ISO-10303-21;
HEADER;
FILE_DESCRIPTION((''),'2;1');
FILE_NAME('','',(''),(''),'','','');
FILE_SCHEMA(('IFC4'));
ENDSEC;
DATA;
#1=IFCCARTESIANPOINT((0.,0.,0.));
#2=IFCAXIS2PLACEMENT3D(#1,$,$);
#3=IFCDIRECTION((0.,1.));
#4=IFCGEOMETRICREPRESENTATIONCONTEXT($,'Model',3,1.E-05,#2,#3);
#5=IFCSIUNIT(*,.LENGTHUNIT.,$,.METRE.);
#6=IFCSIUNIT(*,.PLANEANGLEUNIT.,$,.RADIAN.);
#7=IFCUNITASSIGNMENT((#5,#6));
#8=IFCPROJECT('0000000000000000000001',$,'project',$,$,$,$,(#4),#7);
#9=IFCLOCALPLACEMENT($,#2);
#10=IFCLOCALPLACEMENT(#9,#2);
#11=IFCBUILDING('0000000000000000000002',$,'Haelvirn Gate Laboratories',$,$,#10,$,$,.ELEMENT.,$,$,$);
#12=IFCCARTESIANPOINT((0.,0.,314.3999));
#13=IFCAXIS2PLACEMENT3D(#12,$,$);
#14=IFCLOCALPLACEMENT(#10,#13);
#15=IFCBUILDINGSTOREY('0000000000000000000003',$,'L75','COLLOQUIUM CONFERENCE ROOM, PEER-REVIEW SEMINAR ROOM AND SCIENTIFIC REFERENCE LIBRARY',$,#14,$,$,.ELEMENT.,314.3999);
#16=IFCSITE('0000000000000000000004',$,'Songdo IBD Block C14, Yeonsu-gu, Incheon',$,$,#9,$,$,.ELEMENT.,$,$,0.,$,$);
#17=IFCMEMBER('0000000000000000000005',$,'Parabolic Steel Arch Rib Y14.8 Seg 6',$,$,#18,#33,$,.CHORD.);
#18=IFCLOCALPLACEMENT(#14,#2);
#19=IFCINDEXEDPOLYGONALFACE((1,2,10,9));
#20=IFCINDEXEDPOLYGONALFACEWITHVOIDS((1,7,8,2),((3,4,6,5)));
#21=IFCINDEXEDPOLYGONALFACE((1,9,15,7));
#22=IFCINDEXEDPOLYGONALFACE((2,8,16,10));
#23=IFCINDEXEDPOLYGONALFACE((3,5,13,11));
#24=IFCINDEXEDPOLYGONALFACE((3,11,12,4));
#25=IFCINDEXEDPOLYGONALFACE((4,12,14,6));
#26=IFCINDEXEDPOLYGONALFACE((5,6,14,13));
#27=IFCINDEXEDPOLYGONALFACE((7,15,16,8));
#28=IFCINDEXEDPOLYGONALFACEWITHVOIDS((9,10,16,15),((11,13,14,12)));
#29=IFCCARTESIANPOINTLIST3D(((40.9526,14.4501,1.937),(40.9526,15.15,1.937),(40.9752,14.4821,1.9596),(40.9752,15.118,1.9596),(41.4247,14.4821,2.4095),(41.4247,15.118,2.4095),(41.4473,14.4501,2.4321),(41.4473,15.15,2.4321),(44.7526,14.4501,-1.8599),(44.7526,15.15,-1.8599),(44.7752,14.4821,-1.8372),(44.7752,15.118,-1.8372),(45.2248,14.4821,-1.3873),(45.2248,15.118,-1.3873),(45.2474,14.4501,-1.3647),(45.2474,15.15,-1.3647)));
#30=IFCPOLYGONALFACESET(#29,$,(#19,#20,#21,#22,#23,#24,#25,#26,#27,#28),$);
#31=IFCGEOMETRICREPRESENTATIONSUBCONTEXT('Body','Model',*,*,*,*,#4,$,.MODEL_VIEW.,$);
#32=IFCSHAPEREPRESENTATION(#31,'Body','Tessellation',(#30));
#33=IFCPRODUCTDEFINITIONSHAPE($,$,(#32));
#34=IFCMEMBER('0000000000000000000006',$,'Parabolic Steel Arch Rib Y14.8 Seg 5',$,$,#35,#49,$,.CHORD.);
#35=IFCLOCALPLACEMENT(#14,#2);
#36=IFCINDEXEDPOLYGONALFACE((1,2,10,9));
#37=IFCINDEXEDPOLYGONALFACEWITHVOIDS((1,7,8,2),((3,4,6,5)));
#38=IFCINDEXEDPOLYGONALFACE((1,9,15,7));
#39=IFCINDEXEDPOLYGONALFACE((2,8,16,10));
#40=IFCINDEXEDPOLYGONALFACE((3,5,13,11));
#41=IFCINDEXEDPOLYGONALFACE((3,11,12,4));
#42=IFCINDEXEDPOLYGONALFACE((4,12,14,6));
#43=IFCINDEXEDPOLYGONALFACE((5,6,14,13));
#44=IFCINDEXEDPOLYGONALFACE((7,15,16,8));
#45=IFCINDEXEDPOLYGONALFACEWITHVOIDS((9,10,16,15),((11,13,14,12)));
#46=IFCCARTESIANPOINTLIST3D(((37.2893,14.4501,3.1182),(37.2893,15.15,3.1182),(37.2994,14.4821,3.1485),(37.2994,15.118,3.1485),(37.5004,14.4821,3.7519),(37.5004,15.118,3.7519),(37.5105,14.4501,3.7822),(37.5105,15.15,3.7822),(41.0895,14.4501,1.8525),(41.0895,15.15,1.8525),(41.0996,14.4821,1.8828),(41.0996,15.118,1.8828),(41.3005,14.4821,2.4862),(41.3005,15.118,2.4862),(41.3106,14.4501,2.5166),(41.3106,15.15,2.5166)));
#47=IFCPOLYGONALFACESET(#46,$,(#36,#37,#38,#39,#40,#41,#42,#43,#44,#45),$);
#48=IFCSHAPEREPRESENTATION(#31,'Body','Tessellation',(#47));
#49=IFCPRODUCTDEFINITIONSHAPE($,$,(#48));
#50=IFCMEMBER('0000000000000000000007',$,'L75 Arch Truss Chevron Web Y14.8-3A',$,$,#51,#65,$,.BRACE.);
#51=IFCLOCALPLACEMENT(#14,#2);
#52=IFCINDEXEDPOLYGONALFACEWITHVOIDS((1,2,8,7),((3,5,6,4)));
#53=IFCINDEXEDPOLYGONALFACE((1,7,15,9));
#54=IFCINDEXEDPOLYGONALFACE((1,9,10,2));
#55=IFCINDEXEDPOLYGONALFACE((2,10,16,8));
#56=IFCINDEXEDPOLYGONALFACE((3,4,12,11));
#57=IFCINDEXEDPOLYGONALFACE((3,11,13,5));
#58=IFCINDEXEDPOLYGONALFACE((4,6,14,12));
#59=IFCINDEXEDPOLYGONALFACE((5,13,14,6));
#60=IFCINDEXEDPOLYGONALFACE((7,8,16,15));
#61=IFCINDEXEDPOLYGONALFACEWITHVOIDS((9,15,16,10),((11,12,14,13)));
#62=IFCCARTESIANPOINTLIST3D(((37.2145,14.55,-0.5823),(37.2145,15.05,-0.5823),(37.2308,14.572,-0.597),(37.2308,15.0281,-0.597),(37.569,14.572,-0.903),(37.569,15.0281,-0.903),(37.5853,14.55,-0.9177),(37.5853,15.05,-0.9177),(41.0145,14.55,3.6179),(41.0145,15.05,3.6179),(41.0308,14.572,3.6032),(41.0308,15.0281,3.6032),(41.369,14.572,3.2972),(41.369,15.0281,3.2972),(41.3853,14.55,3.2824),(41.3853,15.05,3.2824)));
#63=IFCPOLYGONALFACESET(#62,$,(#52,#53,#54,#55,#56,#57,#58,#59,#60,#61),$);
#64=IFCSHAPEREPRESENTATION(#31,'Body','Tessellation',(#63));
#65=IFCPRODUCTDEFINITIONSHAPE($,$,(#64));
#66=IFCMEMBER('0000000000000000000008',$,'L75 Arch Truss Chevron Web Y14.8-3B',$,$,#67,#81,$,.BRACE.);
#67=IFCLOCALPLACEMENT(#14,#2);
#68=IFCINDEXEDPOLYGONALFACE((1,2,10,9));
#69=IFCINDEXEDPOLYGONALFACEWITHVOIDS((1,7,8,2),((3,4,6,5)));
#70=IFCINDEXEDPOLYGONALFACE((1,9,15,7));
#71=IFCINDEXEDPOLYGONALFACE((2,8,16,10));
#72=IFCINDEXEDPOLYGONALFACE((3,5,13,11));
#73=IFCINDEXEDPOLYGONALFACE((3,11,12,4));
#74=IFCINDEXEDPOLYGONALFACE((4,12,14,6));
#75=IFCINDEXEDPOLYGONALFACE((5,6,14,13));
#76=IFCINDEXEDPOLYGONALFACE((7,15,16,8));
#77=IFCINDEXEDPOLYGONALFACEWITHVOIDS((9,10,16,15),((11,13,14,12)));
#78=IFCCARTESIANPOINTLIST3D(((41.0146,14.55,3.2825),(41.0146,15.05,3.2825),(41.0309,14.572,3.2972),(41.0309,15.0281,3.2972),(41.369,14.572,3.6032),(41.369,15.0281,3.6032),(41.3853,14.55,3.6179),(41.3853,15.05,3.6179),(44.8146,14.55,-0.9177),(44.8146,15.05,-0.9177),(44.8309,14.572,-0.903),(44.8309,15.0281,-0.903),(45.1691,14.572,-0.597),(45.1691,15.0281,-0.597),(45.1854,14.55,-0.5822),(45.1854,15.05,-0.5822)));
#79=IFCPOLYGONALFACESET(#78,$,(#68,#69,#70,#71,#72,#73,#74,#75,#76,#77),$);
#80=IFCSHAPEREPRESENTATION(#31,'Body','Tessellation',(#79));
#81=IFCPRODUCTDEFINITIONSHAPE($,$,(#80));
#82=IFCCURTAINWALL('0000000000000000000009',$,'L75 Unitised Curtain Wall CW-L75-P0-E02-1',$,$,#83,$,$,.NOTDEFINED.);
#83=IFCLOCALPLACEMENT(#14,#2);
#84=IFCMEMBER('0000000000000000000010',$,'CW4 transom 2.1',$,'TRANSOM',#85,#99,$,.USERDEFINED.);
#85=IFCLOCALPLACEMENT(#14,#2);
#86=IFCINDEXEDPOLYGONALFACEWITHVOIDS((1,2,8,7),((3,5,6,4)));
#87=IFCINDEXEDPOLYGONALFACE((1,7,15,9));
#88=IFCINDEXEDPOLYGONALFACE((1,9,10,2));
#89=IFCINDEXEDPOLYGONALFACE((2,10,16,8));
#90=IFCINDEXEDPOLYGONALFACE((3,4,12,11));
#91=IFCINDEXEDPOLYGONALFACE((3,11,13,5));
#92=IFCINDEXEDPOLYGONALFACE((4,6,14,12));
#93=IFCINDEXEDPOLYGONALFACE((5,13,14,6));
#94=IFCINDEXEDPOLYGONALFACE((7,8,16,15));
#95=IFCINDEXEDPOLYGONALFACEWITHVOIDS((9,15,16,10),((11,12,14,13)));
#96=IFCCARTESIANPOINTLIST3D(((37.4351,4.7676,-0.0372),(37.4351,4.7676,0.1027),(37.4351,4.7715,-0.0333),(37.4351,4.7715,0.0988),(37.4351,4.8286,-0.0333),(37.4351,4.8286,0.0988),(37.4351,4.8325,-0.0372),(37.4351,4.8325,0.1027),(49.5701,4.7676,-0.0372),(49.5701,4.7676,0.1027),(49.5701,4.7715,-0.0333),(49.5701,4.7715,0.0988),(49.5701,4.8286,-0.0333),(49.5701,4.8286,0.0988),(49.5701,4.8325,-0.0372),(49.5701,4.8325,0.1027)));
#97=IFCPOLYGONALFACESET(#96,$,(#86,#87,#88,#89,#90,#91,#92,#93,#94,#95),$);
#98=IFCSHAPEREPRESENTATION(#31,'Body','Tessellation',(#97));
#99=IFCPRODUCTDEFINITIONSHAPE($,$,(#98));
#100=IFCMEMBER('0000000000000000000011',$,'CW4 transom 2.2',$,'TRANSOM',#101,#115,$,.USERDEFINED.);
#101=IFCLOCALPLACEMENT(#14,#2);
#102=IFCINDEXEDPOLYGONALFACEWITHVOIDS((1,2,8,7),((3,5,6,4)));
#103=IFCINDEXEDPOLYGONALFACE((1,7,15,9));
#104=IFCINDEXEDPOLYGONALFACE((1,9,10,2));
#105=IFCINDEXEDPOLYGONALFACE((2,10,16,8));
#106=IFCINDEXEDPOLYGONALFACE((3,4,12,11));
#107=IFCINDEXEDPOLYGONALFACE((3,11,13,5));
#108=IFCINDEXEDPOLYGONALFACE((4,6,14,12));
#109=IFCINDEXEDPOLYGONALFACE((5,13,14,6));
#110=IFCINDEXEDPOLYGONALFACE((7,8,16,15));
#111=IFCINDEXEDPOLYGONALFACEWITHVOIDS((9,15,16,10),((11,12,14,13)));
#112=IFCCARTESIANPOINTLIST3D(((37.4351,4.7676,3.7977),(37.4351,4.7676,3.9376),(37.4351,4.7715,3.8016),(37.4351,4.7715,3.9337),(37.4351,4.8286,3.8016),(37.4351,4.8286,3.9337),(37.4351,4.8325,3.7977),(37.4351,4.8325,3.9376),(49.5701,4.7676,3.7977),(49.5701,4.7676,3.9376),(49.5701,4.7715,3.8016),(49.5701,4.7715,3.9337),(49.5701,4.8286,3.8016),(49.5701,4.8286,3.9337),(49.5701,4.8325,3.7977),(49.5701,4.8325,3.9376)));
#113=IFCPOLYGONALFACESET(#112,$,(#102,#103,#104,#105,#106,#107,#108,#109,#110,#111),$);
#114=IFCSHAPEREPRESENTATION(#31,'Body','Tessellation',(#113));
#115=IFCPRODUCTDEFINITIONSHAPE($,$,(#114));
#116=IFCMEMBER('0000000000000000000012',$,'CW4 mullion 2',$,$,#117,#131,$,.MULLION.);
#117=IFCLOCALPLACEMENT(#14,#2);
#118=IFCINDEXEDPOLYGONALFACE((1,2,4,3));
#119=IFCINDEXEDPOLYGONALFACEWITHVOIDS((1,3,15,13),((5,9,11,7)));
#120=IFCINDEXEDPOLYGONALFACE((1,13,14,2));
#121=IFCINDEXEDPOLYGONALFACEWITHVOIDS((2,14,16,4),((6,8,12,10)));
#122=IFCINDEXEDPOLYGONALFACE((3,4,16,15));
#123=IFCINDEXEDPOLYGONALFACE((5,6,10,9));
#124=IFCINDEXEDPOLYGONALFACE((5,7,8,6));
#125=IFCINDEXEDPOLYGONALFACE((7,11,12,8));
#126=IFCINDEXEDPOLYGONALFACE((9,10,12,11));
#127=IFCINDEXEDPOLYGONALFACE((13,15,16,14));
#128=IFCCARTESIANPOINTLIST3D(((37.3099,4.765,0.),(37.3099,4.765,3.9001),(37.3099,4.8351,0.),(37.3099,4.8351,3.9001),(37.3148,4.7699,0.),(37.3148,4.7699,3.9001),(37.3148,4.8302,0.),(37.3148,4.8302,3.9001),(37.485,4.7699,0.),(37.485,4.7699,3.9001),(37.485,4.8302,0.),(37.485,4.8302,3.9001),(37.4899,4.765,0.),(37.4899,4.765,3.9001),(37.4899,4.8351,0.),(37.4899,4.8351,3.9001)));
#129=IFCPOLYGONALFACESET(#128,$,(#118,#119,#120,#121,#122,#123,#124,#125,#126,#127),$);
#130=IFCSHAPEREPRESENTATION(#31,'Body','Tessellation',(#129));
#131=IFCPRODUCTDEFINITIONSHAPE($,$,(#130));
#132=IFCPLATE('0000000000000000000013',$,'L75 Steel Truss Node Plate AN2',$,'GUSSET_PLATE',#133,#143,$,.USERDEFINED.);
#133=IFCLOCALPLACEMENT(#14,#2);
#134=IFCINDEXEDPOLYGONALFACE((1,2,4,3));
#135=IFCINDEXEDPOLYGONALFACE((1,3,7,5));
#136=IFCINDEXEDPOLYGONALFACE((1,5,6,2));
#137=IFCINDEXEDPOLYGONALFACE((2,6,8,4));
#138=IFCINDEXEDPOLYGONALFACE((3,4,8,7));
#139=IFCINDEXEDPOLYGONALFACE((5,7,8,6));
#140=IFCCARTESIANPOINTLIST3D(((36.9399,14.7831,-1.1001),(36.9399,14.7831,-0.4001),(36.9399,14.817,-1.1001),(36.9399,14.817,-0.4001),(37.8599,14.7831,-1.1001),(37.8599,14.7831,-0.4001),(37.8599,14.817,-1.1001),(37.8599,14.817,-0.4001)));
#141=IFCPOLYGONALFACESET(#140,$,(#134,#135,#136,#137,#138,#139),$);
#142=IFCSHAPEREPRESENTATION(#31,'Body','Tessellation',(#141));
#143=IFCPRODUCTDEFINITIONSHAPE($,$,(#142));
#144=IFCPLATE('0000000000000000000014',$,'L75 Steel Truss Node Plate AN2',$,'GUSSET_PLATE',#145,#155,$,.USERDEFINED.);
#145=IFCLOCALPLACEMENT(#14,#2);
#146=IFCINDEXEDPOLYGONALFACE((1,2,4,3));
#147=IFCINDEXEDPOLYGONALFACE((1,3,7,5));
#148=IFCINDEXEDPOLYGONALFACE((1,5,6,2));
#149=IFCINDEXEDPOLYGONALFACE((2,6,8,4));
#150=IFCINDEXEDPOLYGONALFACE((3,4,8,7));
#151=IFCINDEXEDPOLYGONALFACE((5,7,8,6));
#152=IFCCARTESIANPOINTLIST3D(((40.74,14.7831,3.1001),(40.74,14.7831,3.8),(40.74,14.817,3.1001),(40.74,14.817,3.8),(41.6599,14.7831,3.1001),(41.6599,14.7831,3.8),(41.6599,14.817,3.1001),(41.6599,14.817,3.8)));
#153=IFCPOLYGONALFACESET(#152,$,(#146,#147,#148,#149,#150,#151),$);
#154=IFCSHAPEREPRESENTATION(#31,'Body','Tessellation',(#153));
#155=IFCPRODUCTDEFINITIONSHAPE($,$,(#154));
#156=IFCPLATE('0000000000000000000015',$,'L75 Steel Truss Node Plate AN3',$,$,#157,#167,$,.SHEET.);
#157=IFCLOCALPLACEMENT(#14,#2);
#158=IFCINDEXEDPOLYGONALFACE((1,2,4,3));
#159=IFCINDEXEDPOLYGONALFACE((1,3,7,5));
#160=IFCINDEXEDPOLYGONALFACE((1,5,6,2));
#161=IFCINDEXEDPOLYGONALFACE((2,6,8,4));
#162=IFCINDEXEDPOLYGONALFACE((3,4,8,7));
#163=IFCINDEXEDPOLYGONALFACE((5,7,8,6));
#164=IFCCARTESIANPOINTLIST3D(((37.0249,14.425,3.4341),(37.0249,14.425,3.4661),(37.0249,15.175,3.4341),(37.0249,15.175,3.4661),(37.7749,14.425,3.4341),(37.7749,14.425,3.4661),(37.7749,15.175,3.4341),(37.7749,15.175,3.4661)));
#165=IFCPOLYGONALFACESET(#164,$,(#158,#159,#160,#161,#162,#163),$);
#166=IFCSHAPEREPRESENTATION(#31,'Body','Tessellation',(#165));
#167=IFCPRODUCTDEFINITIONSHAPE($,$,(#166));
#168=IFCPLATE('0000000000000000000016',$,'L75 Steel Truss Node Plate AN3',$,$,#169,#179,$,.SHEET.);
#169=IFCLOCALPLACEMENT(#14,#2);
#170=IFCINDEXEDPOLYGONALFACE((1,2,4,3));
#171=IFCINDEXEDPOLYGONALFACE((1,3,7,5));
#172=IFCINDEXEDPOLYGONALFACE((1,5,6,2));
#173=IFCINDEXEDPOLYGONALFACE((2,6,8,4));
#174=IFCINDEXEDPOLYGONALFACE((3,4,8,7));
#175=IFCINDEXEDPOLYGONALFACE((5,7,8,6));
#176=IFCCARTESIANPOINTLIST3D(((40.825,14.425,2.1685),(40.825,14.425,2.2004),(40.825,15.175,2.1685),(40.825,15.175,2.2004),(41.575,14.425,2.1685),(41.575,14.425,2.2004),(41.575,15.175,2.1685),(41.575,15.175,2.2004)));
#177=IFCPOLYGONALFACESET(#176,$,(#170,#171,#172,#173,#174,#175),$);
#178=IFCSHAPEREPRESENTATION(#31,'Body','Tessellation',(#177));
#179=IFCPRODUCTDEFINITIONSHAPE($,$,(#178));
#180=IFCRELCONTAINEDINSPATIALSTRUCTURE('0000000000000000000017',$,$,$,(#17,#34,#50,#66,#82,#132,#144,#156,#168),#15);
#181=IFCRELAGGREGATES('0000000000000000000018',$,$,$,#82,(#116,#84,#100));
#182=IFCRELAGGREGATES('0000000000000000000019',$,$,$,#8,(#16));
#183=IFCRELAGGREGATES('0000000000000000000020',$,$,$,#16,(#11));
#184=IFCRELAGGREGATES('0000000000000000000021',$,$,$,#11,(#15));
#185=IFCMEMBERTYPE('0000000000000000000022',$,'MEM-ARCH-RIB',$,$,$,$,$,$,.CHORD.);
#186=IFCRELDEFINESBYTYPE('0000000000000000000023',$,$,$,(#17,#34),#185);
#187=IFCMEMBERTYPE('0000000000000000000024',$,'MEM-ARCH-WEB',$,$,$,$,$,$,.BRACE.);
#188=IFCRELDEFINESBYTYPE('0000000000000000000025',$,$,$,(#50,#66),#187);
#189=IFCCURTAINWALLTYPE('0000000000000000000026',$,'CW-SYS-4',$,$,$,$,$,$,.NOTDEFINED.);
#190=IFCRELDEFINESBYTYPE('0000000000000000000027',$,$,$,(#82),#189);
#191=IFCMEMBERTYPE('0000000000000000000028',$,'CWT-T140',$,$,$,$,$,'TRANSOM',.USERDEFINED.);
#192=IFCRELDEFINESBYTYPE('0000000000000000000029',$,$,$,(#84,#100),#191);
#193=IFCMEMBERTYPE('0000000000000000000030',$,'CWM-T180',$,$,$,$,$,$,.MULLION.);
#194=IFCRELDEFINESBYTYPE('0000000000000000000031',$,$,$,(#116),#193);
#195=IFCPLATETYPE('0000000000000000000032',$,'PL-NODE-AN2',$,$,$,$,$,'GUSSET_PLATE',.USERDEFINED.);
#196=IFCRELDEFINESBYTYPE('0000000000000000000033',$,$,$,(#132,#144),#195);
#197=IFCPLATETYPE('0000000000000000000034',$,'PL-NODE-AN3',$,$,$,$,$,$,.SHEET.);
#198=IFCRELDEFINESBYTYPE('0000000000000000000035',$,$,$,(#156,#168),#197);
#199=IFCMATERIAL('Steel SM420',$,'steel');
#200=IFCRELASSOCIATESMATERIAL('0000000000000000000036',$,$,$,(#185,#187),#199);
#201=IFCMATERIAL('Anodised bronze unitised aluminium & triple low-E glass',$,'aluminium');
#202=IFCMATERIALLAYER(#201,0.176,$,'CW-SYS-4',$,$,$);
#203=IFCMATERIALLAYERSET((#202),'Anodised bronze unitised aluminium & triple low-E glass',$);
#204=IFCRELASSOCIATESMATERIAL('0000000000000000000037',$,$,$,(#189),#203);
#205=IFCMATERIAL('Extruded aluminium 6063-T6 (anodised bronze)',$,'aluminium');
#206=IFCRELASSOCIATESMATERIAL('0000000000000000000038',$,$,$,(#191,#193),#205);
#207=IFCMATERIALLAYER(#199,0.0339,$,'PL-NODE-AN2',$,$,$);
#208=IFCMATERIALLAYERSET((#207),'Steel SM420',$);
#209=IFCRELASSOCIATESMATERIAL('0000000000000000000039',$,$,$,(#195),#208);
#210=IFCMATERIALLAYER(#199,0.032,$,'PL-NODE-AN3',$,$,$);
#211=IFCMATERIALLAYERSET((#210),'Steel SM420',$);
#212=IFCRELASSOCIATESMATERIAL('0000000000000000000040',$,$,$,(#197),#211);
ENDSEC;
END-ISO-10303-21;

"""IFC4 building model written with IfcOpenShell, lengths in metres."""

from ifc_helpers import new_model, si_unit, direction, frame, origin, origin_2d, place, context, subcontext, project, spatial, rectangle, hollow_rectangle, extrude, source, transform, mapped, material, layer, layer_set, material_profile, profile_set, type_object, type_shapes, element, aggregate, save


model = new_model("IFC4")

# Units and contexts
model_context = context("Model", 3, precision=1e-05, world=origin(), true_north=direction((0.0, 1.0)))
body_context = subcontext(model_context, "Body", "Model", "MODEL_VIEW")
ifc_project = project(units=[si_unit("LENGTHUNIT", "METRE"), si_unit("PLANEANGLEUNIT", "RADIAN")], contexts=[model_context])

# Site, building, storey
site_placement = place(None, origin())
site = spatial("IfcSite", under=ifc_project, at=site_placement, Name="Songdo IBD Block C14, Yeonsu-gu, Incheon", CompositionType="ELEMENT", RefElevation=0.0)
building_placement = place(site_placement, origin())
building = spatial("IfcBuilding", under=site, at=building_placement, Name="Haelvirn Gate Laboratories", CompositionType="ELEMENT")
storey_placement = place(building_placement, frame((0.0, 0.0, 314.3999)))
storey = spatial("IfcBuildingStorey", under=building, at=storey_placement, Name="L75", Description="COLLOQUIUM CONFERENCE ROOM, PEER-REVIEW SEMINAR ROOM AND SCIENTIFIC REFERENCE LIBRARY", CompositionType="ELEMENT", Elevation=314.3999)

# Shared definitions
ifc_material_1 = material(Name="Steel SM420", Category="steel")

# Members
ifc_material_profile_1 = material_profile(ifc_material_1, hollow_rectangle(XDim=0.7, YDim=0.7, WallThickness=0.032, at=origin_2d()), Name="BOX-700x700x32")
ifc_profile_set_1 = profile_set([ifc_material_profile_1], Name="Steel SM420")
member_type_1 = type_object("IfcMemberType", Name="MEM-ARCH-RIB", PredefinedType="CHORD", material=ifc_profile_set_1)
shared_shape_1 = source(origin(), body_context, "Body", "SweptSolid", [
    extrude(hollow_rectangle(XDim=0.7, YDim=0.7, WallThickness=0.032, at=origin_2d()), origin(), (0.0, 0.0, 1.0), 5.3718),
])
member_1_placement = place(storey_placement, frame((41.2, 14.8, 2.1846), z_axis=(0.707402, 0.0, -0.706811), x_axis=(0.0, 1.0, 0.0)))
element("IfcMember", 1, at=member_1_placement, inside=storey, type_object=member_type_1, Name="Parabolic Steel Arch Rib Y14.8 Seg 6", PredefinedType="CHORD", context=body_context, shape_type="MappedRepresentation", body=[
    mapped(shared_shape_1, transform((0.0, 0.0, 0.0), scale=1.0)),
])
shared_shape_2 = source(origin(), body_context, "Body", "SweptSolid", [
    extrude(hollow_rectangle(XDim=0.7, YDim=0.7, WallThickness=0.032, at=origin_2d()), origin(), (0.0, 0.0, 1.0), 4.0054),
])
type_shapes(member_type_1, [shared_shape_1, shared_shape_2])
member_2_placement = place(storey_placement, frame((37.3999, 14.8, 3.4502), z_axis=(0.948763, 0.0, -0.31599), x_axis=(0.0, 1.0, 0.0)))
element("IfcMember", 2, at=member_2_placement, inside=storey, type_object=member_type_1, Name="Parabolic Steel Arch Rib Y14.8 Seg 5", PredefinedType="CHORD", context=body_context, shape_type="MappedRepresentation", body=[
    mapped(shared_shape_2, transform((0.0, 0.0, 0.0), scale=1.0)),
])
ifc_material_profile_2 = material_profile(ifc_material_1, hollow_rectangle(XDim=0.5, YDim=0.5, WallThickness=0.022, at=origin_2d()), Name="BOX-500x500x22")
ifc_profile_set_2 = profile_set([ifc_material_profile_2], Name="Steel SM420")
member_type_2 = type_object("IfcMemberType", Name="MEM-ARCH-WEB", PredefinedType="BRACE", material=ifc_profile_set_2)
shared_shape_3 = source(origin(), body_context, "Body", "SweptSolid", [
    extrude(hollow_rectangle(XDim=0.5, YDim=0.5, WallThickness=0.022, at=origin_2d()), origin(), (0.0, 0.0, 1.0), 5.6641),
])
type_shapes(member_type_2, [shared_shape_3])
for number, where, z_axis, x_axis, name in (
    (3, (37.3999, 14.8, -0.75), (0.670901, 0.0, 0.741547), (0.0, 1.0, 0.0), "L75 Arch Truss Chevron Web Y14.8-3A"),
    (4, (41.2, 14.8, 3.4502), (0.670901, 0.0, -0.741547), (0.0, 1.0, 0.0), "L75 Arch Truss Chevron Web Y14.8-3B"),
):
    element("IfcMember", number, at=place(storey_placement, frame(where, z_axis=z_axis, x_axis=x_axis)), inside=storey, type_object=member_type_2, Name=name, PredefinedType="BRACE", context=body_context, shape_type="MappedRepresentation", body=[
        mapped(shared_shape_3, transform((0.0, 0.0, 0.0), scale=1.0)),
    ])

# Curtain wall, members
ifc_material_2 = material(Name="Anodised bronze unitised aluminium & triple low-E glass", Category="aluminium")
ifc_layer_1 = layer(ifc_material_2, 0.176, Name="CW-SYS-4")
ifc_layer_set_1 = layer_set([ifc_layer_1], Name="Anodised bronze unitised aluminium & triple low-E glass")
curtain_wall_type = type_object("IfcCurtainWallType", Name="CW-SYS-4", PredefinedType="NOTDEFINED", material=ifc_layer_set_1)
curtain_wall_placement = place(storey_placement, origin())
curtain_wall = element("IfcCurtainWall", 5, at=curtain_wall_placement, inside=storey, type_object=curtain_wall_type, Name="L75 Unitised Curtain Wall CW-L75-P0-E02-1", PredefinedType="NOTDEFINED")
ifc_material_3 = material(Name="Extruded aluminium 6063-T6 (anodised bronze)", Category="aluminium")
ifc_material_profile_3 = material_profile(ifc_material_3, hollow_rectangle(XDim=0.0649, YDim=0.1399, WallThickness=0.0039, at=origin_2d()), Name="CWT-140x65x4")
ifc_profile_set_3 = profile_set([ifc_material_profile_3], Name="Extruded aluminium 6063-T6 (anodised bronze)")
member_type_3 = type_object("IfcMemberType", Name="CWT-T140", ElementType="TRANSOM", PredefinedType="USERDEFINED", material=ifc_profile_set_3)
shared_shape_4 = source(origin(), body_context, "Body", "SweptSolid", [
    extrude(hollow_rectangle(XDim=0.0649, YDim=0.1399, WallThickness=0.0039, at=origin_2d()), origin(), (0.0, 0.0, 1.0), 12.135),
])
type_shapes(member_type_3, [shared_shape_4])
member_3_placement = place(storey_placement, frame((37.4351, 4.8, 0.0327), z_axis=(1.0, 0.0, 0.0), x_axis=(0.0, 1.0, 0.0)))
member_3 = element("IfcMember", 6, at=member_3_placement, type_object=member_type_3, Name="CW4 transom 2.1", ObjectType="TRANSOM", PredefinedType="USERDEFINED", context=body_context, shape_type="MappedRepresentation", body=[
    mapped(shared_shape_4, transform((0.0, 0.0, 0.0), scale=1.0)),
])
member_4_placement = place(storey_placement, frame((37.4351, 4.8, 3.8677), z_axis=(1.0, 0.0, 0.0), x_axis=(0.0, 1.0, 0.0)))
member_4 = element("IfcMember", 7, at=member_4_placement, type_object=member_type_3, Name="CW4 transom 2.2", ObjectType="TRANSOM", PredefinedType="USERDEFINED", context=body_context, shape_type="MappedRepresentation", body=[
    mapped(shared_shape_4, transform((0.0, 0.0, 0.0), scale=1.0)),
])
ifc_material_profile_4 = material_profile(ifc_material_3, hollow_rectangle(XDim=0.0701, YDim=0.1799, WallThickness=0.0049, at=origin_2d()), Name="CWM-180x70x5")
ifc_profile_set_4 = profile_set([ifc_material_profile_4], Name="Extruded aluminium 6063-T6 (anodised bronze)")
member_type_4 = type_object("IfcMemberType", Name="CWM-T180", PredefinedType="MULLION", material=ifc_profile_set_4)
shared_shape_5 = source(origin(), body_context, "Body", "SweptSolid", [
    extrude(hollow_rectangle(XDim=0.0701, YDim=0.1799, WallThickness=0.0049, at=origin_2d()), origin(), (0.0, 0.0, 1.0), 3.9001),
])
type_shapes(member_type_4, [shared_shape_5])
member_5_placement = place(storey_placement, frame((37.3999, 4.8, 0.0), z_axis=(0.0, 0.0, 1.0), x_axis=(0.0, 1.0, 0.0)))
member_5 = element("IfcMember", 8, at=member_5_placement, type_object=member_type_4, Name="CW4 mullion 2", PredefinedType="MULLION", context=body_context, shape_type="MappedRepresentation", body=[
    mapped(shared_shape_5, transform((0.0, 0.0, 0.0), scale=1.0)),
])

# Plates
ifc_layer_2 = layer(ifc_material_1, 0.0339, Name="PL-NODE-AN2")
ifc_layer_set_2 = layer_set([ifc_layer_2], Name="Steel SM420")
plate_type_1 = type_object("IfcPlateType", Name="PL-NODE-AN2", ElementType="GUSSET_PLATE", PredefinedType="USERDEFINED", material=ifc_layer_set_2)
shared_shape_6 = source(origin(), body_context, "Body", "SweptSolid", [
    extrude(rectangle(XDim=0.9199, YDim=0.0339, at=origin_2d()), origin(), (0.0, 0.0, 1.0), 0.7),
])
type_shapes(plate_type_1, [shared_shape_6])
for number, where, z_axis, x_axis, name in (
    (9, (37.3999, 14.8, -1.1001), (0.0, 0.0, 1.0), (1.0, 0.0, 0.0), "L75 Steel Truss Node Plate AN2"),
    (10, (41.2, 14.8, 3.1001), (0.0, 0.0, 1.0), (1.0, 0.0, 0.0), "L75 Steel Truss Node Plate AN2"),
):
    element("IfcPlate", number, at=place(storey_placement, frame(where, z_axis=z_axis, x_axis=x_axis)), inside=storey, type_object=plate_type_1, Name=name, ObjectType="GUSSET_PLATE", PredefinedType="USERDEFINED", context=body_context, shape_type="MappedRepresentation", body=[
        mapped(shared_shape_6, transform((0.0, 0.0, 0.0), scale=1.0)),
    ])
ifc_layer_3 = layer(ifc_material_1, 0.032, Name="PL-NODE-AN3")
ifc_layer_set_3 = layer_set([ifc_layer_3], Name="Steel SM420")
plate_type_2 = type_object("IfcPlateType", Name="PL-NODE-AN3", PredefinedType="SHEET", material=ifc_layer_set_3)
shared_shape_7 = source(origin(), body_context, "Body", "SweptSolid", [
    extrude(rectangle(XDim=0.75, YDim=0.75, at=origin_2d()), origin(), (0.0, 0.0, 1.0), 0.032),
])
type_shapes(plate_type_2, [shared_shape_7])
for number, where, z_axis, x_axis, name in (
    (11, (37.3999, 14.8, 3.4341), (0.0, 0.0, 1.0), (1.0, 0.0, 0.0), "L75 Steel Truss Node Plate AN3"),
    (12, (41.2, 14.8, 2.1685), (0.0, 0.0, 1.0), (1.0, 0.0, 0.0), "L75 Steel Truss Node Plate AN3"),
):
    element("IfcPlate", number, at=place(storey_placement, frame(where, z_axis=z_axis, x_axis=x_axis)), inside=storey, type_object=plate_type_2, Name=name, PredefinedType="SHEET", context=body_context, shape_type="MappedRepresentation", body=[
        mapped(shared_shape_7, transform((0.0, 0.0, 0.0), scale=1.0)),
    ])

aggregate(curtain_wall, [member_5, member_3, member_4])

save(model, "model.ifc")
